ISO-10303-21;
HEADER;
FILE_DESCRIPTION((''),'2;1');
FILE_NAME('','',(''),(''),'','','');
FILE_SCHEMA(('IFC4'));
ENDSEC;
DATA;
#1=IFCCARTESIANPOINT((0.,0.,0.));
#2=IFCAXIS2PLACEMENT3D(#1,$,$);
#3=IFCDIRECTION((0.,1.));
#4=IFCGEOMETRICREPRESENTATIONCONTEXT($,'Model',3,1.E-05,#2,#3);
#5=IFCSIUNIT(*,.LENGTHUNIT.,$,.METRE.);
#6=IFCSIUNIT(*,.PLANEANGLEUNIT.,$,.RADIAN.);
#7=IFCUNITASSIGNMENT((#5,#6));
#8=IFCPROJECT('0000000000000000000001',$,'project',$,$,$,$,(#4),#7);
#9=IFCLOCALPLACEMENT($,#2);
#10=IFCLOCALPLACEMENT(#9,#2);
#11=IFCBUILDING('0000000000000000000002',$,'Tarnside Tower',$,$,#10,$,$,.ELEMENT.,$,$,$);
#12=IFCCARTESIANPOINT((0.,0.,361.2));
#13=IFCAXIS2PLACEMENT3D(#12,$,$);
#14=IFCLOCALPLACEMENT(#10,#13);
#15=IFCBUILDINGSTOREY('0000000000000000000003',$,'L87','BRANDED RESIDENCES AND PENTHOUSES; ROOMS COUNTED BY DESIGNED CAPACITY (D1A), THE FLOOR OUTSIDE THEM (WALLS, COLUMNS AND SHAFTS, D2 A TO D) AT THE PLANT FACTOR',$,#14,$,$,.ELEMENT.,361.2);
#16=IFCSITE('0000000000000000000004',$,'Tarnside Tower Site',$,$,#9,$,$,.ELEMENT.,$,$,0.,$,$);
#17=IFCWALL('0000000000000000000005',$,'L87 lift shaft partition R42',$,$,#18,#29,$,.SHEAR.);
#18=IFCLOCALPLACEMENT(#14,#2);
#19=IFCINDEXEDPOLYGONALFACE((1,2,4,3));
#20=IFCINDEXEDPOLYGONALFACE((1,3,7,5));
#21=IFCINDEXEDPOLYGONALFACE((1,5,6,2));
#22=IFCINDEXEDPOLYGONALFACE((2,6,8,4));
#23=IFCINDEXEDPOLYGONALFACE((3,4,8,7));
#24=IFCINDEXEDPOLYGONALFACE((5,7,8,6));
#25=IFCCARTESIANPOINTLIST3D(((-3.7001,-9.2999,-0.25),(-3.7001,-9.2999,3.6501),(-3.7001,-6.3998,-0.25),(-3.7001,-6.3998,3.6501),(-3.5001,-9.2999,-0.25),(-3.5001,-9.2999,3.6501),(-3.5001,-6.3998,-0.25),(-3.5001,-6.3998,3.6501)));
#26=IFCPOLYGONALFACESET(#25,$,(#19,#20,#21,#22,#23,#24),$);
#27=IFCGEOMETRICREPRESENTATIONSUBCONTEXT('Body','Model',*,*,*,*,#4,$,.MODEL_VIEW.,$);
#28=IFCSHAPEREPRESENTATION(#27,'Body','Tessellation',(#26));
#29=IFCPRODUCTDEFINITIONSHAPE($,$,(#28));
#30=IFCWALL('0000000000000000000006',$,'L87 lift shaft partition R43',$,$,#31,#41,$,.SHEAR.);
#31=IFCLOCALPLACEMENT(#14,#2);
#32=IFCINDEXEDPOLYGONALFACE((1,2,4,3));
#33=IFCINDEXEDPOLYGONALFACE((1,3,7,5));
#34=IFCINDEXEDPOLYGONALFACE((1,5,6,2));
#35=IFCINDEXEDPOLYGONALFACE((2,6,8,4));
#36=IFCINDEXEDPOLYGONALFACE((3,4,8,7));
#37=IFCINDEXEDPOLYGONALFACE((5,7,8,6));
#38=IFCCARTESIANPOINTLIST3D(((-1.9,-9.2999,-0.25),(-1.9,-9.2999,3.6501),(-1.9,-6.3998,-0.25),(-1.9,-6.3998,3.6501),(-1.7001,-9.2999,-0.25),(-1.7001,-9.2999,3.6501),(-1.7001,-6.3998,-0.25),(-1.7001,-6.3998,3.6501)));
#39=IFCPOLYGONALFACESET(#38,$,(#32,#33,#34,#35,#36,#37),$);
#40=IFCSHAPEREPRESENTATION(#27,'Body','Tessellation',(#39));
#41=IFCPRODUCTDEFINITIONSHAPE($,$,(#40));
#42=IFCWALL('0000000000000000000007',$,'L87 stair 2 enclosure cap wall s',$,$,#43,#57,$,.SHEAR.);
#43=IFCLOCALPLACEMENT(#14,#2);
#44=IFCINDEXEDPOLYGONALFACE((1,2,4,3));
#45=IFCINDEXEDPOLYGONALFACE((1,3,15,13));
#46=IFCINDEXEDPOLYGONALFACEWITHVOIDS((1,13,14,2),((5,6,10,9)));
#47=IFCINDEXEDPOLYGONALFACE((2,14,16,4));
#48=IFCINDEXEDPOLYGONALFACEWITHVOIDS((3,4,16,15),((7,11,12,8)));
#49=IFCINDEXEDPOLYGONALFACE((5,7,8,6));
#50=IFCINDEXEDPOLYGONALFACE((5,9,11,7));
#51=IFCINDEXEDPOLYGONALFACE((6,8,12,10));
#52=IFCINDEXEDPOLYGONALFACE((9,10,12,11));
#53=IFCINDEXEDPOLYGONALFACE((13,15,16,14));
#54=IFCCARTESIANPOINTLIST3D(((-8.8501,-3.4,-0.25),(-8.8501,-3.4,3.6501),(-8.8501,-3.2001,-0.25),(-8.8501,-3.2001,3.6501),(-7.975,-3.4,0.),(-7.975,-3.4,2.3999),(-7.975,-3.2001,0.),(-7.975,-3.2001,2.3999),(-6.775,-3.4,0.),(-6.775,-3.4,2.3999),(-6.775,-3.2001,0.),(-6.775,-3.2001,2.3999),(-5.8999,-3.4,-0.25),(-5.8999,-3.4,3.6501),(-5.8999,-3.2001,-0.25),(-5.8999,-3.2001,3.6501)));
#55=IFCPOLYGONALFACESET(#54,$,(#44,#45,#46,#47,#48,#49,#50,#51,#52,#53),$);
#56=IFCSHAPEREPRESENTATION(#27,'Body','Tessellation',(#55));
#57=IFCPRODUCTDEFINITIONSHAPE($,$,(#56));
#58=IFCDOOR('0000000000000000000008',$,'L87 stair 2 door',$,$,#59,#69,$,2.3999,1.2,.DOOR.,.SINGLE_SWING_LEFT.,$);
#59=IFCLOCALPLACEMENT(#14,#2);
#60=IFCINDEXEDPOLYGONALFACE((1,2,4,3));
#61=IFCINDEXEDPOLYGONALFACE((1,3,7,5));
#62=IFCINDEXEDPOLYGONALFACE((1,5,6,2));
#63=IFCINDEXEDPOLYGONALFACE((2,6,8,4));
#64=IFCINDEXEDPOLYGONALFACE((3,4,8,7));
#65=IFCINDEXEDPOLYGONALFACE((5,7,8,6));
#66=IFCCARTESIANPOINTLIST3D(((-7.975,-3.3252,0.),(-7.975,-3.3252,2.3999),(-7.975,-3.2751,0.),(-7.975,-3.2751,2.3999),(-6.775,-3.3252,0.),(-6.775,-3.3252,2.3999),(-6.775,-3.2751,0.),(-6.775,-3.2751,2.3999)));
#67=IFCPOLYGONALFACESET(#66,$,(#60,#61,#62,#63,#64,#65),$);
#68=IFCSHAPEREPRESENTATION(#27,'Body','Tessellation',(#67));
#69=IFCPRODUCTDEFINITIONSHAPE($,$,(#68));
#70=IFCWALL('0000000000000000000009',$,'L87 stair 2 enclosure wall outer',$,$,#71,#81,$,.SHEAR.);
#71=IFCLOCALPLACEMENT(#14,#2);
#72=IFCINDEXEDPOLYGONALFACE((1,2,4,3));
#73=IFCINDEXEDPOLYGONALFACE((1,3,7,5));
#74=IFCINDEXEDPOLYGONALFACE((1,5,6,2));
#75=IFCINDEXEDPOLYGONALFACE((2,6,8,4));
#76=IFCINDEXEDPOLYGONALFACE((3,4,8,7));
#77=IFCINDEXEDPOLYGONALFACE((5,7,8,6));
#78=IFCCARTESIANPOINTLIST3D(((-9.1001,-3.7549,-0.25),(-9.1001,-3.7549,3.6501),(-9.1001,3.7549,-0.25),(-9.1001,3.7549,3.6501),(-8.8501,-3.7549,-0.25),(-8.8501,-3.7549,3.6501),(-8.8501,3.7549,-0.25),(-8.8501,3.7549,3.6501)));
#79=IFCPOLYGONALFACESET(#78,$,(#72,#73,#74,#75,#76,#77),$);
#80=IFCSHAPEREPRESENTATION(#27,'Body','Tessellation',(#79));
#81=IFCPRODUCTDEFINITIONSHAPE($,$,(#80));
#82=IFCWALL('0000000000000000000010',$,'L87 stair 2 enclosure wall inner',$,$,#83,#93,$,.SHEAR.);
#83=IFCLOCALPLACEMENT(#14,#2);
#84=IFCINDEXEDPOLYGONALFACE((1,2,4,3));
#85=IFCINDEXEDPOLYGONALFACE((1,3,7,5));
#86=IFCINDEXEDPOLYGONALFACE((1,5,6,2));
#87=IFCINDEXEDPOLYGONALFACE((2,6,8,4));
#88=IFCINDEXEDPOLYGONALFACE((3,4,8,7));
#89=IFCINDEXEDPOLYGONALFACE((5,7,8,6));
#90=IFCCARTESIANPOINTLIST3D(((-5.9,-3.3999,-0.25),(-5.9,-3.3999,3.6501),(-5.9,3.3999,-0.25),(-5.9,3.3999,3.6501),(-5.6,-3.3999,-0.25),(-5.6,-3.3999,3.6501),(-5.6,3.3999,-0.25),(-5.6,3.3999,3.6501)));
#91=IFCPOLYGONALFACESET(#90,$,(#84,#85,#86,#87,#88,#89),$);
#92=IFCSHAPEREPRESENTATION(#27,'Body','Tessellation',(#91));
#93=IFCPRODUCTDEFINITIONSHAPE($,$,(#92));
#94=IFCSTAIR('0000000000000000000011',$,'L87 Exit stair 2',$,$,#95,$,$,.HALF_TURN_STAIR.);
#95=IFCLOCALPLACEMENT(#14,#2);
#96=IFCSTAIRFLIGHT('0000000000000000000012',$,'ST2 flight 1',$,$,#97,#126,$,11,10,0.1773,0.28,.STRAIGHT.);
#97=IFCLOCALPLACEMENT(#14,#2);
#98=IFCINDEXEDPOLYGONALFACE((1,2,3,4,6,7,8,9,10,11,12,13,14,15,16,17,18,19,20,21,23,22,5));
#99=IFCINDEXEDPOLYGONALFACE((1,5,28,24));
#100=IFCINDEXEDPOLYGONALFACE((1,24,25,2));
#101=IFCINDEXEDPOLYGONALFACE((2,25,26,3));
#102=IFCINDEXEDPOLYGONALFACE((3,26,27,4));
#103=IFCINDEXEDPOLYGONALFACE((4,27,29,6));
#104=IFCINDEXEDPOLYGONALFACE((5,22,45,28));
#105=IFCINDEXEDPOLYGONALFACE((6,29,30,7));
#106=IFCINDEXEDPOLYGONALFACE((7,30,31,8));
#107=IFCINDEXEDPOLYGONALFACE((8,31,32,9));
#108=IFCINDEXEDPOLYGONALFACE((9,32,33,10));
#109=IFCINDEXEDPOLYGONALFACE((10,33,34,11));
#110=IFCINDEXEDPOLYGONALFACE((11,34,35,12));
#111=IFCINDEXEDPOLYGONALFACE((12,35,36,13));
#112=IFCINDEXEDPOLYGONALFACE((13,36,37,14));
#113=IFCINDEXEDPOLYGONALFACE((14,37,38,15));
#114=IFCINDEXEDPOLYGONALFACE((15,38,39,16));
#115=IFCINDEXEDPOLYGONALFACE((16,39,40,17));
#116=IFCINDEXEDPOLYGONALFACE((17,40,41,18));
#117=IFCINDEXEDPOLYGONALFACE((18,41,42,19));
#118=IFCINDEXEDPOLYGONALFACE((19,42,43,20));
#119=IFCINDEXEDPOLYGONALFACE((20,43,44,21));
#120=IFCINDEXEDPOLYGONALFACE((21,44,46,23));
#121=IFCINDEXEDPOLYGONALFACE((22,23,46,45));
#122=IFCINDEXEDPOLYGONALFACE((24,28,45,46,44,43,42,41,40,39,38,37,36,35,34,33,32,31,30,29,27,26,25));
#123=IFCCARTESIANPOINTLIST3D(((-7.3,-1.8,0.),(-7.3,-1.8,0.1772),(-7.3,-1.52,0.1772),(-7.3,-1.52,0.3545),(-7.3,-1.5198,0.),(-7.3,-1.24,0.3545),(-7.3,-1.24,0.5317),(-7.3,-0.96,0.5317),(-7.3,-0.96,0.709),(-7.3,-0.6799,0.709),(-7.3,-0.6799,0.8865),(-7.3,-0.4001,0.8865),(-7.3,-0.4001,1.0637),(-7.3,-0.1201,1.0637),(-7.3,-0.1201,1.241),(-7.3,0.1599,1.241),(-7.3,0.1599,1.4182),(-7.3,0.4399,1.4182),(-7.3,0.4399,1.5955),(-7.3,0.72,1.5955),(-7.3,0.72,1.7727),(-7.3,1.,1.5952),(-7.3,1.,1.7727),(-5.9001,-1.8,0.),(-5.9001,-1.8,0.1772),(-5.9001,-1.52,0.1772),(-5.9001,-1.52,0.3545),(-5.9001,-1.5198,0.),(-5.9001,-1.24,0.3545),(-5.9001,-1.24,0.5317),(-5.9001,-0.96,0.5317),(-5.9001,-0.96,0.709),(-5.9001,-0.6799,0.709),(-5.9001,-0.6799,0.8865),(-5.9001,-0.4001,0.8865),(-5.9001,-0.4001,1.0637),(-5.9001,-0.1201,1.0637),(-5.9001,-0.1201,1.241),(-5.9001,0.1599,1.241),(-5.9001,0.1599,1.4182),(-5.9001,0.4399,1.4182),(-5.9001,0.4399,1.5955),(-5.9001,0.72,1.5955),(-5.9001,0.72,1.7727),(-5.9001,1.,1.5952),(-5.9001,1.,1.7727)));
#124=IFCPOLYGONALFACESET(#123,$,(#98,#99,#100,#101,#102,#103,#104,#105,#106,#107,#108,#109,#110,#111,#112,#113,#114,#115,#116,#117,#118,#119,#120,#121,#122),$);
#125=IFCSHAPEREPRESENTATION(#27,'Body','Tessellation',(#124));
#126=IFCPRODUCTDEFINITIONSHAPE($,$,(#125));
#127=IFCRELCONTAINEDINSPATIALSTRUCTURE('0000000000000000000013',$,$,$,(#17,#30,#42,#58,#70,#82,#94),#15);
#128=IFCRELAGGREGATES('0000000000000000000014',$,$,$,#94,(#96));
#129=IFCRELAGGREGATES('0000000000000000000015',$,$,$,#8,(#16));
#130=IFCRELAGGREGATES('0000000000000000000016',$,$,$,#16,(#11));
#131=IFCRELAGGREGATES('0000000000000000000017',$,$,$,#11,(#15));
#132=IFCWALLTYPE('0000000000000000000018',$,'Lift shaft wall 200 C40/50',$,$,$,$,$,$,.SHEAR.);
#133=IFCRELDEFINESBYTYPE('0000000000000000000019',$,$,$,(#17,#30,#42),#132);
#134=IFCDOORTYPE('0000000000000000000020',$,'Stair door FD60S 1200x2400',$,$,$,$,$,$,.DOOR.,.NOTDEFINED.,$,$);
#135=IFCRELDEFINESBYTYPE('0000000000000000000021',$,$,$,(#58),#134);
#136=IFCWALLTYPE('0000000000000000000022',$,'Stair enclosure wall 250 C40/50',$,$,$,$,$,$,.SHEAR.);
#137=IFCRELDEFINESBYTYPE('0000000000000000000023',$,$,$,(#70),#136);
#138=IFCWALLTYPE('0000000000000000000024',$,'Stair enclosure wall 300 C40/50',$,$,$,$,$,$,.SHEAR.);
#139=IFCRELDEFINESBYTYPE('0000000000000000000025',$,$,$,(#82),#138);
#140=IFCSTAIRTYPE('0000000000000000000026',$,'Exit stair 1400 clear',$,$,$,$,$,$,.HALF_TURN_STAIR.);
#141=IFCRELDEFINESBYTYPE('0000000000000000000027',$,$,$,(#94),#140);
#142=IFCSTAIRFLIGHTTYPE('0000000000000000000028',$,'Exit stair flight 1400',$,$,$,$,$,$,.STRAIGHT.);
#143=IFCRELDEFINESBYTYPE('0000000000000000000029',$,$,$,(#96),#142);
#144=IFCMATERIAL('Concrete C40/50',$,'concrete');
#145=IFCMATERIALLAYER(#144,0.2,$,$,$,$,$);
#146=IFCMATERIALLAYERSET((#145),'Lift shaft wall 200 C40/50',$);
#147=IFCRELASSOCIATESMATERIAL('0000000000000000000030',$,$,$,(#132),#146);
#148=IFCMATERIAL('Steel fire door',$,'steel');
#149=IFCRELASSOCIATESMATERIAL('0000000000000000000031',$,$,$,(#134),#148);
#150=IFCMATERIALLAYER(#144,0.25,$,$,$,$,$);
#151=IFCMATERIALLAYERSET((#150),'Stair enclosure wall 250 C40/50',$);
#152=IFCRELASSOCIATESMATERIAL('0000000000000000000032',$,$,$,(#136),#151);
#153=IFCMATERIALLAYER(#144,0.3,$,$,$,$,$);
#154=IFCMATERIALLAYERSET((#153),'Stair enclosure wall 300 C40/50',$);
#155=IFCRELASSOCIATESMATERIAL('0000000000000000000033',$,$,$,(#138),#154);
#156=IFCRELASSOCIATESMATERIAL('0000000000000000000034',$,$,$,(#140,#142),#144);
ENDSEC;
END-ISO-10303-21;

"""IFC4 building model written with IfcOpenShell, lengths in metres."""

from ifc_helpers import new_model, si_unit, direction, frame, frame_2d, origin, place, context, subcontext, project, spatial, polyline, rectangle, outline, extrude, material, layer, layer_set, type_object, element, fill, aggregate, save


model = new_model("IFC4")

# Units and contexts
model_context = context("Model", 3, precision=1e-05, world=origin(), true_north=direction((0.0, 1.0)))
body_context = subcontext(model_context, "Body", "Model", "MODEL_VIEW")
ifc_project = project(units=[si_unit("LENGTHUNIT", "METRE"), si_unit("PLANEANGLEUNIT", "RADIAN")], contexts=[model_context])

# Site, building, storey
site_placement = place(None, origin())
site = spatial("IfcSite", under=ifc_project, at=site_placement, Name="Tarnside Tower Site", CompositionType="ELEMENT", RefElevation=0.0)
building_placement = place(site_placement, origin())
building = spatial("IfcBuilding", under=site, at=building_placement, Name="Tarnside Tower", CompositionType="ELEMENT")
storey_placement = place(building_placement, frame((0.0, 0.0, 361.2)))
storey = spatial("IfcBuildingStorey", under=building, at=storey_placement, Name="L87", Description="BRANDED RESIDENCES AND PENTHOUSES; ROOMS COUNTED BY DESIGNED CAPACITY (D1A), THE FLOOR OUTSIDE THEM (WALLS, COLUMNS AND SHAFTS, D2 A TO D) AT THE PLANT FACTOR", CompositionType="ELEMENT", Elevation=361.2)

# Shared definitions
ifc_material_1 = material(Name="Concrete C40/50", Category="concrete")
ifc_layer_1 = layer(ifc_material_1, 0.2)
ifc_layer_set_1 = layer_set([ifc_layer_1], Name="Lift shaft wall 200 C40/50")
wall_type_1 = type_object("IfcWallType", Name="Lift shaft wall 200 C40/50", PredefinedType="SHEAR", material=ifc_layer_set_1)

# Walls
for number, where, z_axis, x_axis, name in (
    (1, (-3.6001, -9.3, -0.25), (0.0, 0.0, 1.0), (0.0, 1.0, 0.0), "L87 lift shaft partition R42"),
    (2, (-1.8, -9.3, -0.25), (0.0, 0.0, 1.0), (0.0, 1.0, 0.0), "L87 lift shaft partition R43"),
):
    element("IfcWall", number, at=place(storey_placement, frame(where, z_axis=z_axis, x_axis=x_axis)), inside=storey, type_object=wall_type_1, Name=name, PredefinedType="SHEAR", context=body_context, shape_type="SweptSolid", body=[
        extrude(rectangle(XDim=2.9001, YDim=0.2, at=frame_2d((1.4502, 0.0))), origin(), (0.0, 0.0, 1.0), 3.9001),
    ])

# Wall, opening, door
wall_1_placement = place(storey_placement, frame((-8.8501, -3.3, -0.25), z_axis=(0.0, 0.0, 1.0), x_axis=(1.0, 0.0, 0.0)))
wall_1 = element("IfcWall", 3, at=wall_1_placement, inside=storey, type_object=wall_type_1, Name="L87 stair 2 enclosure cap wall s", PredefinedType="SHEAR", context=body_context, shape_type="SweptSolid", body=[
    extrude(rectangle(XDim=2.9502, YDim=0.2, at=frame_2d((1.4751, 0.0))), origin(), (0.0, 0.0, 1.0), 3.9001),
])
opening_1_placement = place(wall_1_placement, frame((0.875, 0.0, 0.25)))
opening_1 = element("IfcOpeningElement", 4, at=opening_1_placement, cuts=wall_1, PredefinedType="OPENING", context=body_context, shape_type="SweptSolid", body=[
    extrude(rectangle(XDim=1.2, YDim=2.3999, at=frame_2d((0.6001, 1.2))), frame((0.0, 0.1099, 0.0), z_axis=(0.0, -1.0, 0.0), x_axis=(1.0, 0.0, 0.0)), (0.0, 0.0, 1.0), 0.22),
])
ifc_material_2 = material(Name="Steel fire door", Category="steel")
door_type_1 = type_object("IfcDoorType", Name="Stair door FD60S 1200x2400", OperationType="NOTDEFINED", PredefinedType="DOOR", material=ifc_material_2)
door_1_placement = place(opening_1_placement, origin())
door_1 = element("IfcDoor", 5, at=door_1_placement, inside=storey, type_object=door_type_1, Name="L87 stair 2 door", OperationType="SINGLE_SWING_LEFT", OverallHeight=2.3999, OverallWidth=1.2, PredefinedType="DOOR", context=body_context, shape_type="SweptSolid", body=[
    extrude(rectangle(XDim=1.2, YDim=2.3999, at=frame_2d((0.6001, 1.2))), frame((0.0, 0.0249, 0.0), z_axis=(0.0, -1.0, 0.0), x_axis=(1.0, 0.0, 0.0)), (0.0, 0.0, 1.0), 0.05),
])
fill(opening_1, door_1)

# Walls
ifc_layer_2 = layer(ifc_material_1, 0.25)
ifc_layer_set_2 = layer_set([ifc_layer_2], Name="Stair enclosure wall 250 C40/50")
wall_type_2 = type_object("IfcWallType", Name="Stair enclosure wall 250 C40/50", PredefinedType="SHEAR", material=ifc_layer_set_2)
wall_2_placement = place(storey_placement, frame((-8.9751, -3.7549, -0.25), z_axis=(0.0, 0.0, 1.0), x_axis=(0.0, 1.0, 0.0)))
element("IfcWall", 6, at=wall_2_placement, inside=storey, type_object=wall_type_2, Name="L87 stair 2 enclosure wall outer", PredefinedType="SHEAR", context=body_context, shape_type="SweptSolid", body=[
    extrude(rectangle(XDim=7.5098, YDim=0.25, at=frame_2d((3.7549, 0.0))), origin(), (0.0, 0.0, 1.0), 3.9001),
])
ifc_layer_3 = layer(ifc_material_1, 0.3)
ifc_layer_set_3 = layer_set([ifc_layer_3], Name="Stair enclosure wall 300 C40/50")
wall_type_3 = type_object("IfcWallType", Name="Stair enclosure wall 300 C40/50", PredefinedType="SHEAR", material=ifc_layer_set_3)
wall_3_placement = place(storey_placement, frame((-5.75, -3.3999, -0.25), z_axis=(0.0, 0.0, 1.0), x_axis=(0.0, 1.0, 0.0)))
element("IfcWall", 7, at=wall_3_placement, inside=storey, type_object=wall_type_3, Name="L87 stair 2 enclosure wall inner", PredefinedType="SHEAR", context=body_context, shape_type="SweptSolid", body=[
    extrude(rectangle(XDim=6.7998, YDim=0.3, at=frame_2d((3.3999, 0.0))), origin(), (0.0, 0.0, 1.0), 3.9001),
])

# Stair, stair flight
stair_type = type_object("IfcStairType", Name="Exit stair 1400 clear", PredefinedType="HALF_TURN_STAIR", material=ifc_material_1)
stair_placement = place(storey_placement, origin())
stair = element("IfcStair", 8, at=stair_placement, inside=storey, type_object=stair_type, Name="L87 Exit stair 2", PredefinedType="HALF_TURN_STAIR")
stair_flight_type = type_object("IfcStairFlightType", Name="Exit stair flight 1400", PredefinedType="STRAIGHT", material=ifc_material_1)
stair_flight_placement = place(storey_placement, frame((-6.6001, -1.8, 0.0), z_axis=(0.0, 0.0, 1.0), x_axis=(0.0, 1.0, 0.0)))
stair_flight = element("IfcStairFlight", 9, at=stair_flight_placement, type_object=stair_flight_type, Name="ST2 flight 1", NumberOfRisers=11, NumberOfTreads=10, PredefinedType="STRAIGHT", RiserHeight=0.1773, TreadLength=0.28, context=body_context, shape_type="SweptSolid", body=[
    extrude(outline(polyline([(0.0, 0.0), (0.0, 0.1772), (0.28, 0.1772), (0.28, 0.3545), (0.5601, 0.3545), (0.5601, 0.5317), (0.8401, 0.5317), (0.8401, 0.709), (1.1201, 0.709), (1.1201, 0.8865), (1.3999, 0.8865), (1.3999, 1.0637), (1.6799, 1.0637), (1.6799, 1.241), (1.96, 1.241), (1.96, 1.4182), (2.24, 1.4182), (2.24, 1.5955), (2.52, 1.5955), (2.52, 1.7727), (2.8, 1.7727), (2.8, 1.95), (2.8, 1.5952), (0.2803, 0.0), (0.0, 0.0)])), frame((0.0, 0.7, 0.0), z_axis=(0.0, -1.0, 0.0), x_axis=(1.0, 0.0, 0.0)), (0.0, 0.0, 1.0), 1.3999),
])
aggregate(stair, [stair_flight])

save(model, "model.ifc")
